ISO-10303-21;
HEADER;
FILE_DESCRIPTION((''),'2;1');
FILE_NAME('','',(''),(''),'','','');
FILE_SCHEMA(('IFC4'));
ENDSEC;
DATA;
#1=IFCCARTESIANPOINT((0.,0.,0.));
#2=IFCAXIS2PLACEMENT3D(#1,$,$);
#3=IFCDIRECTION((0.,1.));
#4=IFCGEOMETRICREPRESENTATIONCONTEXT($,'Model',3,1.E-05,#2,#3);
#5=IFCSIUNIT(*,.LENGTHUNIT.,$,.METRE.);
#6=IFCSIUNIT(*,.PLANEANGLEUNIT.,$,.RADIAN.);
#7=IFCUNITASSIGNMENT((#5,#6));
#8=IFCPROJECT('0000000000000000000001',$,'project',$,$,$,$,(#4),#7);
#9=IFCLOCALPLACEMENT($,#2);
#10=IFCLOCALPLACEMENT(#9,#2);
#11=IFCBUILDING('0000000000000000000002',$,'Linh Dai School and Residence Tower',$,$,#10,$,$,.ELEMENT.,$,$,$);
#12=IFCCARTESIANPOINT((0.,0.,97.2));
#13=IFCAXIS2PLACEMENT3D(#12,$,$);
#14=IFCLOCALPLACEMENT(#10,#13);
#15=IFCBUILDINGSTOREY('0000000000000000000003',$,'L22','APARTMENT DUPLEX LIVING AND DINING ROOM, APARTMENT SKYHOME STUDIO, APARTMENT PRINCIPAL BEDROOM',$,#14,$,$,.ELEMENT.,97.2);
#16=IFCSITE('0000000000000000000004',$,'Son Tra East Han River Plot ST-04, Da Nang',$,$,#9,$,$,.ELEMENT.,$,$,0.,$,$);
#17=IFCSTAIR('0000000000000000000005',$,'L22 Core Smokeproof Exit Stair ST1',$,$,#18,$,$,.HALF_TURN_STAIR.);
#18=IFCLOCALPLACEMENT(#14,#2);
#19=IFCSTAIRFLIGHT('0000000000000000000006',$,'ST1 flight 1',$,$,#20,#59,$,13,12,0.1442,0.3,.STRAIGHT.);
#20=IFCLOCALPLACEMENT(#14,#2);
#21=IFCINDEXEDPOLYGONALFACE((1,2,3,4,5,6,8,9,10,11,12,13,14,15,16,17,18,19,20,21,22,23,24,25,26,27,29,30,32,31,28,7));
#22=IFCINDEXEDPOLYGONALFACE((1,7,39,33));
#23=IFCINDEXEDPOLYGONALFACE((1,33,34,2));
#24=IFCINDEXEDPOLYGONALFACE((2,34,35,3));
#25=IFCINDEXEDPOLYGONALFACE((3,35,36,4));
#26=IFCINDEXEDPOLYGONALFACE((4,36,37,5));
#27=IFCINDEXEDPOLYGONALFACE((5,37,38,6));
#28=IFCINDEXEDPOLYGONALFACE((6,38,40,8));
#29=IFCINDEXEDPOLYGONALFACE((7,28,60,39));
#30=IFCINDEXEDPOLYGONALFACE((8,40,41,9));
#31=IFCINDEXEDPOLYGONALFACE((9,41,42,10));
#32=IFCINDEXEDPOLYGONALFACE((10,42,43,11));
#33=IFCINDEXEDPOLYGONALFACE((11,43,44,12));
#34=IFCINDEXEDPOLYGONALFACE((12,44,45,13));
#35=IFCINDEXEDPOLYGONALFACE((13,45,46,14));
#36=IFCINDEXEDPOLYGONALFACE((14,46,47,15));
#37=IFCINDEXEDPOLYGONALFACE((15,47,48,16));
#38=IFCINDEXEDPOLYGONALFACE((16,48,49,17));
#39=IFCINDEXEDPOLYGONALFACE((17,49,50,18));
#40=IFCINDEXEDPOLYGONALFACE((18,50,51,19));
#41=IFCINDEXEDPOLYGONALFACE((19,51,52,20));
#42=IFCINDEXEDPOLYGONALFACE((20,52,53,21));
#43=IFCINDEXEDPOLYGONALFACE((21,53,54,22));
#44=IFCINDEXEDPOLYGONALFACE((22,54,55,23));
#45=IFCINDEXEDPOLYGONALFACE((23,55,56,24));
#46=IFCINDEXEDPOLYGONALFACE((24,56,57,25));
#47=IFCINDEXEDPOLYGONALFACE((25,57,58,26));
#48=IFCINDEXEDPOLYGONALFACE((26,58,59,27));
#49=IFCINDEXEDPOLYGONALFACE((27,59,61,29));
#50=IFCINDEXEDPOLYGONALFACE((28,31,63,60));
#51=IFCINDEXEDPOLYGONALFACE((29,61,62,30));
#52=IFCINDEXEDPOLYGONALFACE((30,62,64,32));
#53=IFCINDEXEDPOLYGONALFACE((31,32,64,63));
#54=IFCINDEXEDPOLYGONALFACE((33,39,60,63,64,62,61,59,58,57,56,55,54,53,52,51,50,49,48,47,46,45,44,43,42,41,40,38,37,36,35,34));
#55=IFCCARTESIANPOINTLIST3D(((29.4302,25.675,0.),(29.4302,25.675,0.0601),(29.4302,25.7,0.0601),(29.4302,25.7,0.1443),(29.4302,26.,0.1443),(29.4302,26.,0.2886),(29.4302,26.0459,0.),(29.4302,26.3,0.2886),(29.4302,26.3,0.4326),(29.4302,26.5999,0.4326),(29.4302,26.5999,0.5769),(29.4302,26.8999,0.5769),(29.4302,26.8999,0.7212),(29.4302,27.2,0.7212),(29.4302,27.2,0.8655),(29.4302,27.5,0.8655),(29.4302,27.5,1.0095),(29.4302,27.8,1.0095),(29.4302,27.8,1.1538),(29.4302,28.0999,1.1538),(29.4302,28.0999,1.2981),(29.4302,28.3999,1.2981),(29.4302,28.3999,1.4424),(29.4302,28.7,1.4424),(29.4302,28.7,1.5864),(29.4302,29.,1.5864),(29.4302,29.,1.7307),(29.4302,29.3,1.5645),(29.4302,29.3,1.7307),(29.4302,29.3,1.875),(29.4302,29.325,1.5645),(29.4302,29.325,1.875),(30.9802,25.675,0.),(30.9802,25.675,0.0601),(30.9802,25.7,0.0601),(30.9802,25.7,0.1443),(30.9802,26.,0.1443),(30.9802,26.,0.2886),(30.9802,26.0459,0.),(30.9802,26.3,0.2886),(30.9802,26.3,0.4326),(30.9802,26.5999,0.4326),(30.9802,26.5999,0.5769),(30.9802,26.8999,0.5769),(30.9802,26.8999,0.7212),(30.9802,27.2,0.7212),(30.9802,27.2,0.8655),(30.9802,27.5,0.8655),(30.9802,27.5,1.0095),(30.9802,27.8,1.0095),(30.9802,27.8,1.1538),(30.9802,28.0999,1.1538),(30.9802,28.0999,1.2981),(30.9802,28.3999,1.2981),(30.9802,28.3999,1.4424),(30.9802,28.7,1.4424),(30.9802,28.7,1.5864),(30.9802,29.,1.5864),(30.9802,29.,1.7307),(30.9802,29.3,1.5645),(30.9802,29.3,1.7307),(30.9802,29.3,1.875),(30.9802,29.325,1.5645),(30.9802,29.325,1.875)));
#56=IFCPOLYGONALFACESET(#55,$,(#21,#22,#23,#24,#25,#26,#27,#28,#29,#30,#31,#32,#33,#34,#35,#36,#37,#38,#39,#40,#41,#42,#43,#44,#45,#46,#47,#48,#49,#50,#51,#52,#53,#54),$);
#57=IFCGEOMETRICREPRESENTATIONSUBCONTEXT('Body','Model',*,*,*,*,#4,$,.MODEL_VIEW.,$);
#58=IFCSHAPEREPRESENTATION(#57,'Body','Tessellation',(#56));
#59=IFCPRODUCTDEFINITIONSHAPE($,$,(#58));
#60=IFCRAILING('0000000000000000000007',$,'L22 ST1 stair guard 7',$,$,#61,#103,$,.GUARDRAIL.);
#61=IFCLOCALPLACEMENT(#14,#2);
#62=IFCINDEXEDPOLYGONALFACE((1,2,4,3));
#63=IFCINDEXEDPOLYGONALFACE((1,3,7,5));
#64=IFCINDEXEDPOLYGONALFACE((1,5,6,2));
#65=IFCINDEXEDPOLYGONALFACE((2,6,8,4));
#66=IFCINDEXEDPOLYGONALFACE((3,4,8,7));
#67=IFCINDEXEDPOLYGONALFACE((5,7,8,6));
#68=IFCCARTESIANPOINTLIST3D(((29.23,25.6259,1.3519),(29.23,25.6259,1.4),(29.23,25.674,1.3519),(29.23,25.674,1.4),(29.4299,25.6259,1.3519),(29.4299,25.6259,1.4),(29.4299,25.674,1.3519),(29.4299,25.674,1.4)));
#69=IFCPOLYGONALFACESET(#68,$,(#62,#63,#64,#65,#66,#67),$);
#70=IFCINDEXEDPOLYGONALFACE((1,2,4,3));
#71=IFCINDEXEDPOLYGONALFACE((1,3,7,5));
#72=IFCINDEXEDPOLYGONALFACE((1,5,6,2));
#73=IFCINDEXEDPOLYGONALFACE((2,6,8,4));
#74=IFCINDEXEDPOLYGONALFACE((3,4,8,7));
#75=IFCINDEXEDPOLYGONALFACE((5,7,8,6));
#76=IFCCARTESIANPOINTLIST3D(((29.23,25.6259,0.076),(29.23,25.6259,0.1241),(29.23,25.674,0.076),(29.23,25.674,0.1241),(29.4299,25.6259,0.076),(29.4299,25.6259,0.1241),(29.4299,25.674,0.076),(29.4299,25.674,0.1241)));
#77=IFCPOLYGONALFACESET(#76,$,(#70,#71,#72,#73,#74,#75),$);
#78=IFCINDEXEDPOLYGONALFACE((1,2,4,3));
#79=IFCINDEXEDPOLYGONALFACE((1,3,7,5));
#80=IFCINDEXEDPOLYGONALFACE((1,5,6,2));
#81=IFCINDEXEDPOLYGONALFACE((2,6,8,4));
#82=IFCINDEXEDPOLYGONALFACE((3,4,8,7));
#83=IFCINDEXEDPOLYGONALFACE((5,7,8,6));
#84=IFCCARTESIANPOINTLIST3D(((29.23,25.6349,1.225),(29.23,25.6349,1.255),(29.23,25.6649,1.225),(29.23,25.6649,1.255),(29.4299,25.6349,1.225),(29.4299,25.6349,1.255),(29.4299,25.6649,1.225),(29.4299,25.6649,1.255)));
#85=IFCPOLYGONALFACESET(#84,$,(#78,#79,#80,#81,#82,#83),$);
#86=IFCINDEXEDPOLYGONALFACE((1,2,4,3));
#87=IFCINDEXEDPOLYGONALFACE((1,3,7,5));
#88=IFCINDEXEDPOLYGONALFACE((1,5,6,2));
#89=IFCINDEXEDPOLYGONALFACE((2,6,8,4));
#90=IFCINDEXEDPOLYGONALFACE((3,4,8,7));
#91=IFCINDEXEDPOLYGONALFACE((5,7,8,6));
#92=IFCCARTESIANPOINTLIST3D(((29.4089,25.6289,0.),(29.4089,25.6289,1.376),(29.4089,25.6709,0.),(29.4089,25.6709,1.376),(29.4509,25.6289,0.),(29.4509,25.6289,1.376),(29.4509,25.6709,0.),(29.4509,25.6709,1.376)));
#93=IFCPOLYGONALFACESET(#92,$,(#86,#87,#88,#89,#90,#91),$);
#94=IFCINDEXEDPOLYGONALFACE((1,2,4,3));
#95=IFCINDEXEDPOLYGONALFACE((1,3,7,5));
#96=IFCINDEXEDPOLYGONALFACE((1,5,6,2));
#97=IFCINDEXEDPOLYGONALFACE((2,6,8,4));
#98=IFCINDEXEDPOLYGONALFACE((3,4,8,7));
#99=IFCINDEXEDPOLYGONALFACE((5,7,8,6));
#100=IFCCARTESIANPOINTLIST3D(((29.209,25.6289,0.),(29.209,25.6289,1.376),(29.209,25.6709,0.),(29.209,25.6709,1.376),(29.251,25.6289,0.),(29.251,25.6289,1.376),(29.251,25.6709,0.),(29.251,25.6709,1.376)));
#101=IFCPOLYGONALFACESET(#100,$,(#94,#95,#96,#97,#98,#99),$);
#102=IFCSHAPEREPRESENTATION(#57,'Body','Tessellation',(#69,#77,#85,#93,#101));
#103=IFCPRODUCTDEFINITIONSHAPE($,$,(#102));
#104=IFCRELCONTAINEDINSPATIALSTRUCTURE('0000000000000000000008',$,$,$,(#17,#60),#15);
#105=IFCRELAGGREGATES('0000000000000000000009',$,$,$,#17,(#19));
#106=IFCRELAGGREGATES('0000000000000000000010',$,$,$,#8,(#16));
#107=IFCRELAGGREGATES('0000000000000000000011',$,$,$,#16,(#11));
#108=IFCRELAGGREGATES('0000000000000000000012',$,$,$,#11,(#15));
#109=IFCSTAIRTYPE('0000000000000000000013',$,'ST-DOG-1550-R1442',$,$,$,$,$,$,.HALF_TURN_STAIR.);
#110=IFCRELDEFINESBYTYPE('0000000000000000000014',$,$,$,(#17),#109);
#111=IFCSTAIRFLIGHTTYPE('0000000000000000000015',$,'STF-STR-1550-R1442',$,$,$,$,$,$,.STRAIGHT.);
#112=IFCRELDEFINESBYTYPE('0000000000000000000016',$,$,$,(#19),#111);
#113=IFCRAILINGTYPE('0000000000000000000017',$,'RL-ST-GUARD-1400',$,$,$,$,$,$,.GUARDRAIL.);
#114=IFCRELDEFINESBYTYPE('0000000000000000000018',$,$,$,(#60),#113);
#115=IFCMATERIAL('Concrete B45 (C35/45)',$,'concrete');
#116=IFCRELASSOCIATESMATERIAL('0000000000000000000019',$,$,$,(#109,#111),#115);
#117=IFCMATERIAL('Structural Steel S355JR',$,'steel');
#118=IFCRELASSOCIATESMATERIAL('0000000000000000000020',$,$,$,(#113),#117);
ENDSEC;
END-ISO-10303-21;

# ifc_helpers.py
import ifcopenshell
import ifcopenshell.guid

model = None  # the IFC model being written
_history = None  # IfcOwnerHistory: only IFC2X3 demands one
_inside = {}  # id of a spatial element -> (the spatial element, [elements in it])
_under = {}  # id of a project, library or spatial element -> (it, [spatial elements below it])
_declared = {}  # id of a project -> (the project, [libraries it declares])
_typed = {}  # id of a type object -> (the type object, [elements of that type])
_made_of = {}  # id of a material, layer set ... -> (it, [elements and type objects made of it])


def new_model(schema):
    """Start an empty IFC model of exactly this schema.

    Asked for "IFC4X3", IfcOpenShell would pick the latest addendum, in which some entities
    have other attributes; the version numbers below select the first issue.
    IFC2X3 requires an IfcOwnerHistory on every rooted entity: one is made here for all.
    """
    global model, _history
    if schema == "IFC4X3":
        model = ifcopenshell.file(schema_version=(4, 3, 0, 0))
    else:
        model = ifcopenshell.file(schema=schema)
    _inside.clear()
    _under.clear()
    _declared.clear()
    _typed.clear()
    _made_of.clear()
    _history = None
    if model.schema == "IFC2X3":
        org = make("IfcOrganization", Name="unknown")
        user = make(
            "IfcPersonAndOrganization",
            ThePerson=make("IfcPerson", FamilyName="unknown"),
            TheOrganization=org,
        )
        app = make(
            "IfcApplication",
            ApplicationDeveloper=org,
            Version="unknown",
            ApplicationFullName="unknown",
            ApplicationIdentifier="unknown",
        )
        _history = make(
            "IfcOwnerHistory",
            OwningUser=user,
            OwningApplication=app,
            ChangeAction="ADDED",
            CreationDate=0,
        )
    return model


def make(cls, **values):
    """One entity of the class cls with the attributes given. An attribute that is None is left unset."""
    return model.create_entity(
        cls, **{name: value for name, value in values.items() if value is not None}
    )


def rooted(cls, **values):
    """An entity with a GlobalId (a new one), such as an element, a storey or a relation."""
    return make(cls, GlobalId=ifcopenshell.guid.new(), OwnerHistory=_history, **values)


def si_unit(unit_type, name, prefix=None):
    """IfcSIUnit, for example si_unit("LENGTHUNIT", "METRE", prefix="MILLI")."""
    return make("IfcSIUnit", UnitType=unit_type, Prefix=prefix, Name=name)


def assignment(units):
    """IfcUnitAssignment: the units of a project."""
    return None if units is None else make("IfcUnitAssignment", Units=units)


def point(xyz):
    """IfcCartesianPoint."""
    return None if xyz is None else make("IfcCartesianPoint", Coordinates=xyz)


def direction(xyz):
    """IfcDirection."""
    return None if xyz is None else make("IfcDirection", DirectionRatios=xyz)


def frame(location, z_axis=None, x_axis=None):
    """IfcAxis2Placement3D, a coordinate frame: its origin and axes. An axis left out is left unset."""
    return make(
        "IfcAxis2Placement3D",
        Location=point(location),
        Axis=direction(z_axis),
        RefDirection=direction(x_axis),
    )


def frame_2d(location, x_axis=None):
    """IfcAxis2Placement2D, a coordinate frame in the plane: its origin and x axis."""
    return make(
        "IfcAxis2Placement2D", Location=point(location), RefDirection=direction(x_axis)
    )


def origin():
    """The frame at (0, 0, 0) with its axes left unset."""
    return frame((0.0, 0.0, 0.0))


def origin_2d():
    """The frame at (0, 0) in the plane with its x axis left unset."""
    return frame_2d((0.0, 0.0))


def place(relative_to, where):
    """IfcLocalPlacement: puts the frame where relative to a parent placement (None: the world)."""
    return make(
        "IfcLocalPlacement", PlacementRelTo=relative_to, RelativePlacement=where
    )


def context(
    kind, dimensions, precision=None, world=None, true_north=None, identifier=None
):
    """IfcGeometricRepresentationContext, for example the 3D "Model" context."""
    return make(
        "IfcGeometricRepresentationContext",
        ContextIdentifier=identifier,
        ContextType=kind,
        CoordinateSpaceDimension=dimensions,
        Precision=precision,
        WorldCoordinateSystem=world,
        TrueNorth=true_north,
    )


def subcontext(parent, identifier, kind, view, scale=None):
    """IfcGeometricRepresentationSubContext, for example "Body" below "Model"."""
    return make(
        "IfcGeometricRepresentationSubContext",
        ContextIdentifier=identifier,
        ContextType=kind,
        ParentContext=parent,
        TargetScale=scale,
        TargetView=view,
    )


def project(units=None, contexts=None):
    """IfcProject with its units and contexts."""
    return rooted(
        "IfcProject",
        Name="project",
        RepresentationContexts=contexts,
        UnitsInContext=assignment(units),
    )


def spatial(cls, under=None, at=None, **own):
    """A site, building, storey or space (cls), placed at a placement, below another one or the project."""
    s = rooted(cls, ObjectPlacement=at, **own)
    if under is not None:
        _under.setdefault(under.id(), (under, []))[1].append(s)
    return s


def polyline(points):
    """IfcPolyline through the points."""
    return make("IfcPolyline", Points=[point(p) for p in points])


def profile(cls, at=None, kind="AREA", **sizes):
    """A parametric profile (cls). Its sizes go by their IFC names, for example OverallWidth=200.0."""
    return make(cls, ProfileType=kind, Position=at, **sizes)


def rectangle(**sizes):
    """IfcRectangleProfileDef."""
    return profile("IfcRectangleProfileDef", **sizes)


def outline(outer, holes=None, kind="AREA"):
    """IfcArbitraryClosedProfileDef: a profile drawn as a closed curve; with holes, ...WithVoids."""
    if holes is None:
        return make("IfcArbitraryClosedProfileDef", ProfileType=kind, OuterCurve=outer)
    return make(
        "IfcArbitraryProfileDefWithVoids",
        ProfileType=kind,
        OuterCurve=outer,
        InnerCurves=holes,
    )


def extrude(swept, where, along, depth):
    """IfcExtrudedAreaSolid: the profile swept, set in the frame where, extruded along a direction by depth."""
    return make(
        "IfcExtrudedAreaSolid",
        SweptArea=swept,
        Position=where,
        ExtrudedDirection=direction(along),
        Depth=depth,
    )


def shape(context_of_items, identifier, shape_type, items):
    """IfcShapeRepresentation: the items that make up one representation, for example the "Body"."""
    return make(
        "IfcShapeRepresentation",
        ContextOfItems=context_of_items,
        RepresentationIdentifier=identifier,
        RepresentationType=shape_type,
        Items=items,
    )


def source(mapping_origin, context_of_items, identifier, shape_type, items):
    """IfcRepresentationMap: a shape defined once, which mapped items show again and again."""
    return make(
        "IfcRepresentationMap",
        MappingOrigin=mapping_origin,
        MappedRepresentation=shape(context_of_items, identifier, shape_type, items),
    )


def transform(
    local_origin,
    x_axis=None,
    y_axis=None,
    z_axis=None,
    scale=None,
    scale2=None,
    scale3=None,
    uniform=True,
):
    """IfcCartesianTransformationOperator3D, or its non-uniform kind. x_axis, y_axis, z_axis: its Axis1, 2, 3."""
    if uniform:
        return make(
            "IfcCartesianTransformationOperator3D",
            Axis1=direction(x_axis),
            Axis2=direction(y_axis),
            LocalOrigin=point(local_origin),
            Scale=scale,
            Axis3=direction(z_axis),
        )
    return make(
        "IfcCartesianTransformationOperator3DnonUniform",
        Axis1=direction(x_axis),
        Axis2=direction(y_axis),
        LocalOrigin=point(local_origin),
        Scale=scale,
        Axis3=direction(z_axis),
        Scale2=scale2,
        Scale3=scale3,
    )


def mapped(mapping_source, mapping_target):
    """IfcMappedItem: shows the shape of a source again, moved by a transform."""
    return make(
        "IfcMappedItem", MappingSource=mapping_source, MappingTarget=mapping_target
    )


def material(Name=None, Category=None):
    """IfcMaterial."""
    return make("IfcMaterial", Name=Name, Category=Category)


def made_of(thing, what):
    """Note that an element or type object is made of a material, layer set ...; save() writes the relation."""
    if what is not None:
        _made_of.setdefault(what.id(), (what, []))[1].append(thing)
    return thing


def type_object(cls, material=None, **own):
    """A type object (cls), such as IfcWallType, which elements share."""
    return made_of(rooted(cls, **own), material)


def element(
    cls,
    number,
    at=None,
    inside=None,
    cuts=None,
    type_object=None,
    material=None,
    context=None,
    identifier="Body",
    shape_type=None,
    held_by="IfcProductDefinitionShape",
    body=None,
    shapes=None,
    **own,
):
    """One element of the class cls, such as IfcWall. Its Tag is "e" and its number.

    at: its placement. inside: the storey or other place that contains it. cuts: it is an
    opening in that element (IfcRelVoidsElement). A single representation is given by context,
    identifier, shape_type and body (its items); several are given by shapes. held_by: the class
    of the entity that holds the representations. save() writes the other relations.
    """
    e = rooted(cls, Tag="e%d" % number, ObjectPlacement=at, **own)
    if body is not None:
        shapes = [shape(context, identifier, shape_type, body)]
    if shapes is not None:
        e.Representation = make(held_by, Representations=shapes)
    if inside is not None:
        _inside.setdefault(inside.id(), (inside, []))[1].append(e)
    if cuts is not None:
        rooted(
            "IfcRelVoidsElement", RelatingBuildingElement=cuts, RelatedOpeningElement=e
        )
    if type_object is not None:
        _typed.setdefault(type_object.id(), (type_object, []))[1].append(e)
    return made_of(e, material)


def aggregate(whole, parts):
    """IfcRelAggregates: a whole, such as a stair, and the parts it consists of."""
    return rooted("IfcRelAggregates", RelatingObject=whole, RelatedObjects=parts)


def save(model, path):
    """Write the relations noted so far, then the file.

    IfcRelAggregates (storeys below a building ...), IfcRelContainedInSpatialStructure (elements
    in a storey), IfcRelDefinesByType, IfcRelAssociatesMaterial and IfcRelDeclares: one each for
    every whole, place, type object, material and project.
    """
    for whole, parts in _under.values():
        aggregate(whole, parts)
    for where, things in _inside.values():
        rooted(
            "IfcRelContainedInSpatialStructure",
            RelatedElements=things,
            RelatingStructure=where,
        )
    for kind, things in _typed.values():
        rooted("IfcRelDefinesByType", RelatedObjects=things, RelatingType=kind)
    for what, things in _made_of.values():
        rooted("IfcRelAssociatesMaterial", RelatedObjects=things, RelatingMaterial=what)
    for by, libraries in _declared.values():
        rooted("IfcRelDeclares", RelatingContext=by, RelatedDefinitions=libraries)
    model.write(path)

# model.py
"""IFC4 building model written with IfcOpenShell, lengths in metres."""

from ifc_helpers import new_model, si_unit, direction, frame, origin, origin_2d, place, context, subcontext, project, spatial, polyline, rectangle, outline, extrude, source, transform, mapped, material, type_object, element, aggregate, save


model = new_model("IFC4")

# Units and contexts
model_context = context("Model", 3, precision=1e-05, world=origin(), true_north=direction((0.0, 1.0)))
body_context = subcontext(model_context, "Body", "Model", "MODEL_VIEW")
ifc_project = project(units=[si_unit("LENGTHUNIT", "METRE"), si_unit("PLANEANGLEUNIT", "RADIAN")], contexts=[model_context])

# Site, building, storey
site_placement = place(None, origin())
site = spatial("IfcSite", under=ifc_project, at=site_placement, Name="Son Tra East Han River Plot ST-04, Da Nang", CompositionType="ELEMENT", RefElevation=0.0)
building_placement = place(site_placement, origin())
building = spatial("IfcBuilding", under=site, at=building_placement, Name="Linh Dai School and Residence Tower", CompositionType="ELEMENT")
storey_placement = place(building_placement, frame((0.0, 0.0, 97.2)))
storey = spatial("IfcBuildingStorey", under=building, at=storey_placement, Name="L22", Description="APARTMENT DUPLEX LIVING AND DINING ROOM, APARTMENT SKYHOME STUDIO, APARTMENT PRINCIPAL BEDROOM", CompositionType="ELEMENT", Elevation=97.2)

# Shared definitions
ifc_material_1 = material(Name="Structural Steel S355JR", Category="steel")

# Shared definitions
ifc_material_2 = material(Name="Concrete B45 (C35/45)", Category="concrete")

# Stair, stair flight
stair_type = type_object("IfcStairType", Name="ST-DOG-1550-R1442", PredefinedType="HALF_TURN_STAIR", material=ifc_material_2)
stair_placement = place(storey_placement, origin())
stair = element("IfcStair", 1, at=stair_placement, inside=storey, type_object=stair_type, Name="L22 Core Smokeproof Exit Stair ST1", PredefinedType="HALF_TURN_STAIR")
stair_flight_type = type_object("IfcStairFlightType", Name="STF-STR-1550-R1442", PredefinedType="STRAIGHT", material=ifc_material_2)
shared_shape_1 = source(origin(), body_context, "Body", "SweptSolid", [
    extrude(outline(polyline([(-0.0249, 0.0), (-0.0249, 0.0601), (0.0, 0.0601), (0.0, 0.1443), (0.3, 0.1443), (0.3, 0.2886), (0.6001, 0.2886), (0.6001, 0.4326), (0.8999, 0.4326), (0.8999, 0.5769), (1.2, 0.5769), (1.2, 0.7212), (1.5, 0.7212), (1.5, 0.8655), (1.8, 0.8655), (1.8, 1.0095), (2.1001, 1.0095), (2.1001, 1.1538), (2.3999, 1.1538), (2.3999, 1.2981), (2.7, 1.2981), (2.7, 1.4424), (3.0, 1.4424), (3.0, 1.5864), (3.3, 1.5864), (3.3, 1.7307), (3.6001, 1.7307), (3.6001, 1.875), (3.625, 1.875), (3.625, 1.5645), (3.6001, 1.5645), (0.3459, 0.0), (-0.0249, 0.0)])), frame((0.0, 0.7749, 0.0), z_axis=(0.0, -1.0, 0.0), x_axis=(1.0, 0.0, 0.0)), (0.0, 0.0, 1.0), 1.55),
])
stair_flight_placement = place(storey_placement, frame((30.2051, 25.7, 0.0), z_axis=(0.0, 0.0, 1.0), x_axis=(0.0, 1.0, 0.0)))
stair_flight = element("IfcStairFlight", 2, at=stair_flight_placement, type_object=stair_flight_type, Name="ST1 flight 1", NumberOfRisers=13, NumberOfTreads=12, PredefinedType="STRAIGHT", RiserHeight=0.1442, TreadLength=0.3, context=body_context, shape_type="MappedRepresentation", body=[
    mapped(shared_shape_1, transform((0.0, 0.0, 0.0), x_axis=(1.0, 0.0, 0.0), y_axis=(0.0, 1.0, 0.0), z_axis=(0.0, 0.0, 1.0), scale=1.0)),
])
aggregate(stair, [stair_flight])

# Railing
railing_type = type_object("IfcRailingType", Name="RL-ST-GUARD-1400", PredefinedType="GUARDRAIL", material=ifc_material_1)
shared_shape_2 = source(origin(), body_context, "Body", "SweptSolid", [
    extrude(rectangle(XDim=0.0481, YDim=0.0481, at=origin_2d()), frame((0.0, 0.0, 1.376), z_axis=(-1.0, 0.0, 0.0), x_axis=(0.0, -1.0, 0.0)), (0.0, 0.0, 1.0), 0.2),
    extrude(rectangle(XDim=0.0481, YDim=0.0481, at=origin_2d()), frame((0.0, 0.0, 0.1001), z_axis=(-1.0, 0.0, 0.0), x_axis=(0.0, -1.0, 0.0)), (0.0, 0.0, 1.0), 0.2),
    extrude(rectangle(XDim=0.03, YDim=0.03, at=origin_2d()), frame((0.0, 0.0, 1.24), z_axis=(-1.0, 0.0, 0.0), x_axis=(0.0, -1.0, 0.0)), (0.0, 0.0, 1.0), 0.2),
    extrude(rectangle(XDim=0.042, YDim=0.042, at=origin_2d()), origin(), (0.0, 0.0, 1.0), 1.376),
    extrude(rectangle(XDim=0.042, YDim=0.042, at=origin_2d()), frame((-0.2, 0.0, 0.0)), (0.0, 0.0, 1.0), 1.376),
])
railing_1_placement = place(storey_placement, frame((29.4299, 25.6499, 0.0)))
element("IfcRailing", 3, at=railing_1_placement, inside=storey, type_object=railing_type, Name="L22 ST1 stair guard 7", PredefinedType="GUARDRAIL", context=body_context, shape_type="MappedRepresentation", body=[
    mapped(shared_shape_2, transform((0.0, 0.0, 0.0), x_axis=(1.0, 0.0, 0.0), y_axis=(0.0, 1.0, 0.0), z_axis=(0.0, 0.0, 1.0), scale=1.0)),
])

save(model, "model.ifc")
